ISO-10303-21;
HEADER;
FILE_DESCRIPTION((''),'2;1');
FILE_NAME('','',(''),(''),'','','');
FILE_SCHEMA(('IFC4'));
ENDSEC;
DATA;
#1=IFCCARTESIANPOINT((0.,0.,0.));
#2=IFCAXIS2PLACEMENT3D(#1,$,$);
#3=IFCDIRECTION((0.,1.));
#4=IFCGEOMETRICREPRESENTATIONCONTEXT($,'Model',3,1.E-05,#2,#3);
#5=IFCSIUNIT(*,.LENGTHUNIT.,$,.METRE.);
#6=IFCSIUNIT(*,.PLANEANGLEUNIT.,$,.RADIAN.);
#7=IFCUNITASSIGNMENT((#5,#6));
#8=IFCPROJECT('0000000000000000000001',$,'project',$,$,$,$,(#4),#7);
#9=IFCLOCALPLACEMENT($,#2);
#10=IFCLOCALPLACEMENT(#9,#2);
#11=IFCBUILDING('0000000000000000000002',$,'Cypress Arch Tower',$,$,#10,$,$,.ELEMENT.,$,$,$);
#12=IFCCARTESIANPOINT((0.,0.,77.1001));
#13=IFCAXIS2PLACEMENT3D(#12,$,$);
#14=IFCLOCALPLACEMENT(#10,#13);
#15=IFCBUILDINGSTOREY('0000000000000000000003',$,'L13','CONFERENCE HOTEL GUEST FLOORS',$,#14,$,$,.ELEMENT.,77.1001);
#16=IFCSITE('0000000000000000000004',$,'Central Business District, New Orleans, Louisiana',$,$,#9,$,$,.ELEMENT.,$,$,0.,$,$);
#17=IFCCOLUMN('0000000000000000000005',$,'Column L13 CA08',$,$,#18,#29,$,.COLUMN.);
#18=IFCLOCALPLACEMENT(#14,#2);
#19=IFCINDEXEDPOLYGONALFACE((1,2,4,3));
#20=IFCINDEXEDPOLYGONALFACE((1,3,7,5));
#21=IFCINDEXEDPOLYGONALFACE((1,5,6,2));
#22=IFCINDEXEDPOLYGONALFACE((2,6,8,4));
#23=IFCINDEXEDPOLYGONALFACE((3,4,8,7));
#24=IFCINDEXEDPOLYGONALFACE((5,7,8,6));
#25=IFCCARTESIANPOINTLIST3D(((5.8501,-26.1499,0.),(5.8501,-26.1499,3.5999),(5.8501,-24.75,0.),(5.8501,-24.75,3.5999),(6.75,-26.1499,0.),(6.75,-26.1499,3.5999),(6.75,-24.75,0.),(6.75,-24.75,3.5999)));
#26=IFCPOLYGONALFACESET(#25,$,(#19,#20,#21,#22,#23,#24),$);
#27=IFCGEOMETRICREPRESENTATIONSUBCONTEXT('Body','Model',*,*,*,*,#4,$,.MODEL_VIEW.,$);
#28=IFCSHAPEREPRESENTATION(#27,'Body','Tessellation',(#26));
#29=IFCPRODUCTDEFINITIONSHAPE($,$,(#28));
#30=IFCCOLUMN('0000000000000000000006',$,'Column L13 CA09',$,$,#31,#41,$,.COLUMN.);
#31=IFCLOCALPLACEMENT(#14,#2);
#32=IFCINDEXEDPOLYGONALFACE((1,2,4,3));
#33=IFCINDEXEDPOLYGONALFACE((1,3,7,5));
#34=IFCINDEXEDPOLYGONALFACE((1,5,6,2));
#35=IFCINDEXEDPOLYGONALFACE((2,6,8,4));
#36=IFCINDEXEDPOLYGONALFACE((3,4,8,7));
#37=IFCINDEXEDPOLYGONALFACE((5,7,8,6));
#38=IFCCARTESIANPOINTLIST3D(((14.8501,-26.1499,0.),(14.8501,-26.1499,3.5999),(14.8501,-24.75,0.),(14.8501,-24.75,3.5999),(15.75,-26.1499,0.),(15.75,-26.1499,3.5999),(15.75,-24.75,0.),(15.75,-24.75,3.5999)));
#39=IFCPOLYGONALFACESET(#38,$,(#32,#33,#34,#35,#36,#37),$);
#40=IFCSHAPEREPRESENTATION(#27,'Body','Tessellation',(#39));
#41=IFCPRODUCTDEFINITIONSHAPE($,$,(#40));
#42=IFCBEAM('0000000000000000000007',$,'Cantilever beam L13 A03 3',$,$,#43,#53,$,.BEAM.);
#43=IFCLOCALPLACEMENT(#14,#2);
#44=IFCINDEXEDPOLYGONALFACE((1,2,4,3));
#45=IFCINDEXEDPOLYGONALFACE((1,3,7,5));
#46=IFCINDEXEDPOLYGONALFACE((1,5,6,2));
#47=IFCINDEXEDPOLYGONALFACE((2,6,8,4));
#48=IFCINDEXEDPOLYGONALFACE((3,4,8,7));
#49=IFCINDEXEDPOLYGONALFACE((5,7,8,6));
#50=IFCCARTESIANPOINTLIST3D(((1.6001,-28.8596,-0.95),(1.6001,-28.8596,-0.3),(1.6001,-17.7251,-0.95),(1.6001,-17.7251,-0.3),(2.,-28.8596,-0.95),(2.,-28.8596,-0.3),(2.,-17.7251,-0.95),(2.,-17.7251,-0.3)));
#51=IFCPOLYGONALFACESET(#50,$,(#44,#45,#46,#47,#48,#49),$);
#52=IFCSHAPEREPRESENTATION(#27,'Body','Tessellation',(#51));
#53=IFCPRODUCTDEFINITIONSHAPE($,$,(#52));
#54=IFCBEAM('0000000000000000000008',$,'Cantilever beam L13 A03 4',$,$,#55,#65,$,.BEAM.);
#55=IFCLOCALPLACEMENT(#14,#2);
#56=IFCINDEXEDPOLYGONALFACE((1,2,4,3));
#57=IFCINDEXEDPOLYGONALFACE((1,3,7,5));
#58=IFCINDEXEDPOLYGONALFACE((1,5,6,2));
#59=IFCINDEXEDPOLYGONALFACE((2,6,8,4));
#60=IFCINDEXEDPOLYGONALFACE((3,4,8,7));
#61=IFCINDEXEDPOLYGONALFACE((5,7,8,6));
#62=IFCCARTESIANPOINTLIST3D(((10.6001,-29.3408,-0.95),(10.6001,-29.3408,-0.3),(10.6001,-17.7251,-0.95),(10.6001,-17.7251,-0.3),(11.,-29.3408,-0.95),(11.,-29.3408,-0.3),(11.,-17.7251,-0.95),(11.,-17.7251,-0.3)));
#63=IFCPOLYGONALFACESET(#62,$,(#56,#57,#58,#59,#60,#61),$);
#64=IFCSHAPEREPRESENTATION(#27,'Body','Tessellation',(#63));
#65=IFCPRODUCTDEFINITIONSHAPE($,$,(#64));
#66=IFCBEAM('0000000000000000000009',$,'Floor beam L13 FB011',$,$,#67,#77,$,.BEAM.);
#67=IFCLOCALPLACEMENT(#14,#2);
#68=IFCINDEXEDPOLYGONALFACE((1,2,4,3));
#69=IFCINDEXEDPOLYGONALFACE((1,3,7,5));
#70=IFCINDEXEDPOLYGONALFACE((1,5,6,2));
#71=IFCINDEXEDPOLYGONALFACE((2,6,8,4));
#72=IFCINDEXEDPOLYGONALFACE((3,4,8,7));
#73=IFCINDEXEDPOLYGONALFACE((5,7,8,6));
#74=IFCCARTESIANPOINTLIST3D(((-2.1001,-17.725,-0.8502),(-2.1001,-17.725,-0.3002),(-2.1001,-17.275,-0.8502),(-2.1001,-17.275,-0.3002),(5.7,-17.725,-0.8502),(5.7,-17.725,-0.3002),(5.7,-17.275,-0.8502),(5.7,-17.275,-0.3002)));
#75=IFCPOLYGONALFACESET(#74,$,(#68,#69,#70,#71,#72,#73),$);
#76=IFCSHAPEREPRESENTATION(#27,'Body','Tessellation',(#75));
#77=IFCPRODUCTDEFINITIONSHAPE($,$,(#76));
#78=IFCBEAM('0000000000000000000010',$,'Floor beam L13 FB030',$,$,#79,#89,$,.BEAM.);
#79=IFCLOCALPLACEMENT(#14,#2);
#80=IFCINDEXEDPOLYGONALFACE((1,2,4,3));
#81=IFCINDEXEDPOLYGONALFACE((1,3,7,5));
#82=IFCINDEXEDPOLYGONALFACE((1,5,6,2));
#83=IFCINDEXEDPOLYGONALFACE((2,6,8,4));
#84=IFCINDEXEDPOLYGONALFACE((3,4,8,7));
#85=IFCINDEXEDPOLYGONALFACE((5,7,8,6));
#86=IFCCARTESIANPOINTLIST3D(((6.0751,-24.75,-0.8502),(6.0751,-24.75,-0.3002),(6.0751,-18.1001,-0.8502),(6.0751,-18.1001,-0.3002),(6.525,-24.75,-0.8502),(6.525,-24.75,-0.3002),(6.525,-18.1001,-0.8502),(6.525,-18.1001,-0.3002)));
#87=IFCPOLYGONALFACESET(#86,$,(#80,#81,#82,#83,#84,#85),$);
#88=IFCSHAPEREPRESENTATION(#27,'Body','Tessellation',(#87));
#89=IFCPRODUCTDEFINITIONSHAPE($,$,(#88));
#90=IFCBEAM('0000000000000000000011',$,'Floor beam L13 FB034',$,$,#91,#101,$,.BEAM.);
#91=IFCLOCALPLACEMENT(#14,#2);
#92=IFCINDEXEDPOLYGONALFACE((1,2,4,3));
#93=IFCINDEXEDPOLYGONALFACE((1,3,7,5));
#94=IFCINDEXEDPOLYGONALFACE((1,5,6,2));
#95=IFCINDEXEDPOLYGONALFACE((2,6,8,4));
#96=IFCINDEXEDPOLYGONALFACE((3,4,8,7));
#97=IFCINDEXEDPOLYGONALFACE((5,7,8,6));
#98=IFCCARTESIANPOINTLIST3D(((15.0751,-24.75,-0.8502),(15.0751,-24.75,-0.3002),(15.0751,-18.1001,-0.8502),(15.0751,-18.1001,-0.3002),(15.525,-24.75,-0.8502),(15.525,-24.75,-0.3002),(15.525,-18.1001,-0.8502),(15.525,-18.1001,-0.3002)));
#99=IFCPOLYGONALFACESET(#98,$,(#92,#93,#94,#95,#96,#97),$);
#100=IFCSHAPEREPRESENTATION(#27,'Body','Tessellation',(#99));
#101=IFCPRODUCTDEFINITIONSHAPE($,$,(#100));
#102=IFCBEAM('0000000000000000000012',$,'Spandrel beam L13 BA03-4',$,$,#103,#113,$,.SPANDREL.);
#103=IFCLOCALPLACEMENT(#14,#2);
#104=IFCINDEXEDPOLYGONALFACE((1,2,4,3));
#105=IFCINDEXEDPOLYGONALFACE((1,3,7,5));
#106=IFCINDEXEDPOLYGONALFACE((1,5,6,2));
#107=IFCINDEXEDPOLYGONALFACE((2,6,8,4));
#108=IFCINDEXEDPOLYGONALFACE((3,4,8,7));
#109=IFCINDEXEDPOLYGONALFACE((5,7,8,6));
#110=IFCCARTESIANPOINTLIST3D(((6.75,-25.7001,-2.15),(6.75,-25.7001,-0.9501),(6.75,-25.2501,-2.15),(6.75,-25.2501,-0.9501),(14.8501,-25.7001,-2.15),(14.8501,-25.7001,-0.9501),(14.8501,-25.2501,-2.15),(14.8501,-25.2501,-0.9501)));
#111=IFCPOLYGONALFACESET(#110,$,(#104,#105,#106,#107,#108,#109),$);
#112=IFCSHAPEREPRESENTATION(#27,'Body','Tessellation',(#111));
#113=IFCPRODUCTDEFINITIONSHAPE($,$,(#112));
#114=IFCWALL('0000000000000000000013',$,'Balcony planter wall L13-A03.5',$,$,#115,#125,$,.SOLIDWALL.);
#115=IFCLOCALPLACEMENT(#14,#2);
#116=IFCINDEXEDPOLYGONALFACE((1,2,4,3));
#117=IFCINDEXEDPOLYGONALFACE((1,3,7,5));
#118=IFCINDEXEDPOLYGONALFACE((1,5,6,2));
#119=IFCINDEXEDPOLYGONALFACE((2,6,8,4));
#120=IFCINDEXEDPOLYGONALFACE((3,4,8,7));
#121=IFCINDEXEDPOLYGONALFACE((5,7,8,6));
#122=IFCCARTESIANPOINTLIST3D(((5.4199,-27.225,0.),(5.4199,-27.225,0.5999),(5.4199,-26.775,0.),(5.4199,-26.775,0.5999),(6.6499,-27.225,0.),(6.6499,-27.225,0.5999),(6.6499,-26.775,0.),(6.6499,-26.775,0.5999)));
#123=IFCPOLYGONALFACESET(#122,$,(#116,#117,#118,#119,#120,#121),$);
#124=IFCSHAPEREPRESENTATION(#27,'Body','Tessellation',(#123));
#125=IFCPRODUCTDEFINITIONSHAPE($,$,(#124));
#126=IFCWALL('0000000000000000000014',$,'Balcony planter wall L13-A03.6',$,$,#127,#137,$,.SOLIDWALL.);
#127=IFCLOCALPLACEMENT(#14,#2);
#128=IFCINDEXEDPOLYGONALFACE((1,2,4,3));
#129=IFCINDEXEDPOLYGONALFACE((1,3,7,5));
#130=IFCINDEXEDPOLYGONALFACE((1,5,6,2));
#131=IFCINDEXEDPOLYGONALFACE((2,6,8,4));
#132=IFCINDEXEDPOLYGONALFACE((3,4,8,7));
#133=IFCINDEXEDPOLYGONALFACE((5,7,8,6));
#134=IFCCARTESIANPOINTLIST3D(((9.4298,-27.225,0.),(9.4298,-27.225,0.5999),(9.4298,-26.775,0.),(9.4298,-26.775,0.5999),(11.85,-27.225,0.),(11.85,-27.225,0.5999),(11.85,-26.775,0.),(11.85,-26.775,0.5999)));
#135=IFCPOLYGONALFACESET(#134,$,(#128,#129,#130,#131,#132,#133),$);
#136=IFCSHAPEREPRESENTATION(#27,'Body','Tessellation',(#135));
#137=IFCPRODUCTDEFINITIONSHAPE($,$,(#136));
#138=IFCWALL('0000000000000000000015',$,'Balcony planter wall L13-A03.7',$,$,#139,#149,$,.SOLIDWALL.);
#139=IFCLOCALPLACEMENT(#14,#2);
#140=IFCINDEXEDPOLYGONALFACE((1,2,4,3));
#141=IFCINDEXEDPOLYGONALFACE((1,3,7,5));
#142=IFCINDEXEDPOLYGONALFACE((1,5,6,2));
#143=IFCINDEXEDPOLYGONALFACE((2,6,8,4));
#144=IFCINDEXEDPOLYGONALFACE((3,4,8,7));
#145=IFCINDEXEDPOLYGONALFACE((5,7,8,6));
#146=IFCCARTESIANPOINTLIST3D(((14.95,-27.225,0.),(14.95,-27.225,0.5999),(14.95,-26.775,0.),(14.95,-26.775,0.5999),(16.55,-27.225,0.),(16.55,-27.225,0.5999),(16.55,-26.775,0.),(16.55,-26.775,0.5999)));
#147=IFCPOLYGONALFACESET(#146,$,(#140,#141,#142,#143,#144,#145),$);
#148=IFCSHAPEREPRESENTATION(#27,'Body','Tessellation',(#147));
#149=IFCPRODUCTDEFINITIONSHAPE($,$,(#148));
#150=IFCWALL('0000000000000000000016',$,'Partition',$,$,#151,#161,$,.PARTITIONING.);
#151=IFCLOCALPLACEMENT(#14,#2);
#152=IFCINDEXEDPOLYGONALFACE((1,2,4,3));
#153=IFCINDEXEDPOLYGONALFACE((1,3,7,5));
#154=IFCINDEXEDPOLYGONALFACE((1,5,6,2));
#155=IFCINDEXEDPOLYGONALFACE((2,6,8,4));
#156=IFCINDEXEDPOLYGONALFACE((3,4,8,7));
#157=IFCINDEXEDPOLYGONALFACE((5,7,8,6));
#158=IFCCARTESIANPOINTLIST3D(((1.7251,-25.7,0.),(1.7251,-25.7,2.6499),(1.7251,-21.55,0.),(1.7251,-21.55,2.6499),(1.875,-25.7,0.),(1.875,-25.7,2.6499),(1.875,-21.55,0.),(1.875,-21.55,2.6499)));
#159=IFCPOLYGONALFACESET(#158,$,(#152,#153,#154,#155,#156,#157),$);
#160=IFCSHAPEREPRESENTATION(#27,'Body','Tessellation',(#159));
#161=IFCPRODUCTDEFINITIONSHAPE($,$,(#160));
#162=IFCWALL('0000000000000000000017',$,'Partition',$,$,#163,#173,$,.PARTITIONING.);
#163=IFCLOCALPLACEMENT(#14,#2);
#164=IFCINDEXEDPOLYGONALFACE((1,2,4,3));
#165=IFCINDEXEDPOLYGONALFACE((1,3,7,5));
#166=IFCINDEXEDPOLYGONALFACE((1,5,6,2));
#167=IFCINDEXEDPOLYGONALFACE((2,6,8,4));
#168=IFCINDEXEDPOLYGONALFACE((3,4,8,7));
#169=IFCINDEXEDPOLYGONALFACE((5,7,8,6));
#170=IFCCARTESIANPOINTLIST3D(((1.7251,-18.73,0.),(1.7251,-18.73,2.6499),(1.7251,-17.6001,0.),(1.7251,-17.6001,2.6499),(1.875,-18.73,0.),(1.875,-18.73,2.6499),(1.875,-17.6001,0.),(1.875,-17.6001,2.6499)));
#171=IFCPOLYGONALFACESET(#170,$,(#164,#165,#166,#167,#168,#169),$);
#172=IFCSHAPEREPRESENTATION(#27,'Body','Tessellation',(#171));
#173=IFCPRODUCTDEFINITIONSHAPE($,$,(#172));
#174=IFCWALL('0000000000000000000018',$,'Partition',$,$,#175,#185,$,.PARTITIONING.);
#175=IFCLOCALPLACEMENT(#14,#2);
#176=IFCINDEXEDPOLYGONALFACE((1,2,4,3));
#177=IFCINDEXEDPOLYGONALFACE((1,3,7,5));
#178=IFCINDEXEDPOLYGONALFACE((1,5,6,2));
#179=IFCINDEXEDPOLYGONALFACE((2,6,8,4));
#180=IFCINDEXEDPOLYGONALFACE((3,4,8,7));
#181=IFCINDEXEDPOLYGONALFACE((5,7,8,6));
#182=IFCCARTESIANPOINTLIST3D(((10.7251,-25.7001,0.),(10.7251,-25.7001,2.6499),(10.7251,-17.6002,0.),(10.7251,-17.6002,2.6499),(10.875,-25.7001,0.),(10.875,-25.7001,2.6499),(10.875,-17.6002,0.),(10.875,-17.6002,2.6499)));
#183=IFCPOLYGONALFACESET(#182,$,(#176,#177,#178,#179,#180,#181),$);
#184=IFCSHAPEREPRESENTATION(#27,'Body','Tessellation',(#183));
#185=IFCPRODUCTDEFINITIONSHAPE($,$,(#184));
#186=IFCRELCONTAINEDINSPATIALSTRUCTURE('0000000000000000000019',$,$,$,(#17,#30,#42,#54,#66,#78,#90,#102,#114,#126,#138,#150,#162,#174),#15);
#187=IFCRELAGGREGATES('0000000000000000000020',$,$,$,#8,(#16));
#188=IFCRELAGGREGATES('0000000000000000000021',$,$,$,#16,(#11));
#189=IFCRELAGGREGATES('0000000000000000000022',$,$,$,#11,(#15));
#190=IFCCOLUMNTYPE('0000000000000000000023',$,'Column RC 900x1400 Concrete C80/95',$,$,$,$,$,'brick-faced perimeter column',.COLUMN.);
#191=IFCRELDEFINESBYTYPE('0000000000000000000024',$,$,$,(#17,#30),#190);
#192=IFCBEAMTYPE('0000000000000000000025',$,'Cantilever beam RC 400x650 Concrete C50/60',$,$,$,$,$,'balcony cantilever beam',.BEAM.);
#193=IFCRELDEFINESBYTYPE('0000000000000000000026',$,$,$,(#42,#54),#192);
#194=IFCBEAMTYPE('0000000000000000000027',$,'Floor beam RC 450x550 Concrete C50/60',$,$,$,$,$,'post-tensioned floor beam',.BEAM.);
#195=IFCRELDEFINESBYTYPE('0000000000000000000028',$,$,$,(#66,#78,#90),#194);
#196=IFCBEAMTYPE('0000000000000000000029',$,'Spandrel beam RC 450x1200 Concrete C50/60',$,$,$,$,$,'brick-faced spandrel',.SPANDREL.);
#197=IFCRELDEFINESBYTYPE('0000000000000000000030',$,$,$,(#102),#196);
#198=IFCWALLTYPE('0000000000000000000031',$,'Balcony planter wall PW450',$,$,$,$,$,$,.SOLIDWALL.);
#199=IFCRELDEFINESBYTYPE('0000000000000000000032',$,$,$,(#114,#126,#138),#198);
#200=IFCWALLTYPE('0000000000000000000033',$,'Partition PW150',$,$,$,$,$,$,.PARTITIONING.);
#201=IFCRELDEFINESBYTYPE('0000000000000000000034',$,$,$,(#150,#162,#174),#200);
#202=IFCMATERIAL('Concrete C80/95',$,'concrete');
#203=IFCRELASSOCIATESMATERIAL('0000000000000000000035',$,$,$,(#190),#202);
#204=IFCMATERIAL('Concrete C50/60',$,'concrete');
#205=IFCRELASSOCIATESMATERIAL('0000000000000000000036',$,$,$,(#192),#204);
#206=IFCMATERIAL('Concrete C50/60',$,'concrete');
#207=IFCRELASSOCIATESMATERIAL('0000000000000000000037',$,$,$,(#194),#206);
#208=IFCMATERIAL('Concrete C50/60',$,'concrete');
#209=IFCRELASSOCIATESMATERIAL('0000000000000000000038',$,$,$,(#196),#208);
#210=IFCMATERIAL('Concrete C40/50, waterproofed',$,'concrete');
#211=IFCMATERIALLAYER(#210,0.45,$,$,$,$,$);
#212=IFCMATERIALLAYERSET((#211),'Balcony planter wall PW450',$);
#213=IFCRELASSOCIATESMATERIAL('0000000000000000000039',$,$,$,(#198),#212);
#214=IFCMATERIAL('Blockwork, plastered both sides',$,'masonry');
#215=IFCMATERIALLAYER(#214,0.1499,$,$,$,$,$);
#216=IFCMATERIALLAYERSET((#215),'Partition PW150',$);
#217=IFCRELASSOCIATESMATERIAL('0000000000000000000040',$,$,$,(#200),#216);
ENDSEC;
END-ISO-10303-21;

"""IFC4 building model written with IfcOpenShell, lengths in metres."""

from ifc_helpers import new_model, si_unit, direction, frame, frame_2d, origin, origin_2d, place, context, subcontext, project, spatial, rectangle, extrude, material, layer, layer_set, material_profile, profile_set, type_object, element, save


model = new_model("IFC4")

# Units and contexts
model_context = context("Model", 3, precision=1e-05, world=origin(), true_north=direction((0.0, 1.0)))
body_context = subcontext(model_context, "Body", "Model", "MODEL_VIEW")
ifc_project = project(units=[si_unit("LENGTHUNIT", "METRE"), si_unit("PLANEANGLEUNIT", "RADIAN")], contexts=[model_context])

# Site, building, storey
site_placement = place(None, origin())
site = spatial("IfcSite", under=ifc_project, at=site_placement, Name="Central Business District, New Orleans, Louisiana", CompositionType="ELEMENT", RefElevation=0.0)
building_placement = place(site_placement, origin())
building = spatial("IfcBuilding", under=site, at=building_placement, Name="Cypress Arch Tower", CompositionType="ELEMENT")
storey_placement = place(building_placement, frame((0.0, 0.0, 77.1001)))
storey = spatial("IfcBuildingStorey", under=building, at=storey_placement, Name="L13", Description="CONFERENCE HOTEL GUEST FLOORS", CompositionType="ELEMENT", Elevation=77.1001)

# Columns
ifc_material_1 = material(Name="Concrete C80/95", Category="concrete")
ifc_material_profile_1 = material_profile(ifc_material_1, rectangle(XDim=0.8999, YDim=1.3999, at=origin_2d()), Name="RC 900x1400")
ifc_profile_set_1 = profile_set([ifc_material_profile_1], Name="Concrete C80/95")
column_type = type_object("IfcColumnType", Name="Column RC 900x1400 Concrete C80/95", ElementType="brick-faced perimeter column", PredefinedType="COLUMN", material=ifc_profile_set_1)
for number, where, z_axis, x_axis, name in (
    (1, (6.3, -25.45, 0.0), (0.0, 0.0, 1.0), (1.0, 0.0, 0.0), "Column L13 CA08"),
    (2, (15.3, -25.45, 0.0), (0.0, 0.0, 1.0), (1.0, 0.0, 0.0), "Column L13 CA09"),
):
    element("IfcColumn", number, at=place(storey_placement, frame(where, z_axis=z_axis, x_axis=x_axis)), inside=storey, type_object=column_type, Name=name, PredefinedType="COLUMN", context=body_context, shape_type="SweptSolid", body=[
        extrude(rectangle(XDim=0.8999, YDim=1.3999, at=origin_2d()), origin(), (0.0, 0.0, 1.0), 3.5999),
    ])

# Beams
ifc_material_2 = material(Name="Concrete C50/60", Category="concrete")
ifc_material_profile_2 = material_profile(ifc_material_2, rectangle(XDim=0.3999, YDim=0.6499, at=origin_2d()), Name="RC 400x650")
ifc_profile_set_2 = profile_set([ifc_material_profile_2], Name="Concrete C50/60")
beam_type_1 = type_object("IfcBeamType", Name="Cantilever beam RC 400x650 Concrete C50/60", ElementType="balcony cantilever beam", PredefinedType="BEAM", material=ifc_profile_set_2)
beam_1_placement = place(storey_placement, frame((1.8, -17.7251, -0.625), z_axis=(0.0, -1.0, 0.0), x_axis=(1.0, 0.0, 0.0)))
element("IfcBeam", 3, at=beam_1_placement, inside=storey, type_object=beam_type_1, Name="Cantilever beam L13 A03 3", PredefinedType="BEAM", context=body_context, shape_type="SweptSolid", body=[
    extrude(rectangle(XDim=0.3999, YDim=0.6499, at=origin_2d()), origin(), (0.0, 0.0, 1.0), 11.1345),
])
beam_2_placement = place(storey_placement, frame((10.8, -17.7251, -0.625), z_axis=(0.0, -1.0, 0.0), x_axis=(1.0, 0.0, 0.0)))
element("IfcBeam", 4, at=beam_2_placement, inside=storey, type_object=beam_type_1, Name="Cantilever beam L13 A03 4", PredefinedType="BEAM", context=body_context, shape_type="SweptSolid", body=[
    extrude(rectangle(XDim=0.3999, YDim=0.6499, at=origin_2d()), origin(), (0.0, 0.0, 1.0), 11.6157),
])
ifc_material_3 = material(Name="Concrete C50/60", Category="concrete")
ifc_material_profile_3 = material_profile(ifc_material_3, rectangle(XDim=0.45, YDim=0.55, at=origin_2d()), Name="RC 450x550")
ifc_profile_set_3 = profile_set([ifc_material_profile_3], Name="Concrete C50/60")
beam_type_2 = type_object("IfcBeamType", Name="Floor beam RC 450x550 Concrete C50/60", ElementType="post-tensioned floor beam", PredefinedType="BEAM", material=ifc_profile_set_3)
beam_3_placement = place(storey_placement, frame((-2.1001, -17.5, -0.5752), z_axis=(1.0, 0.0, 0.0), x_axis=(0.0, 1.0, 0.0)))
element("IfcBeam", 5, at=beam_3_placement, inside=storey, type_object=beam_type_2, Name="Floor beam L13 FB011", PredefinedType="BEAM", context=body_context, shape_type="SweptSolid", body=[
    extrude(rectangle(XDim=0.45, YDim=0.55, at=origin_2d()), origin(), (0.0, 0.0, 1.0), 7.8),
])
for number, where, z_axis, x_axis, name in (
    (6, (6.3, -24.75, -0.5752), (0.0, 1.0, 0.0), (-1.0, 0.0, 0.0), "Floor beam L13 FB030"),
    (7, (15.3, -24.75, -0.5752), (0.0, 1.0, 0.0), (-1.0, 0.0, 0.0), "Floor beam L13 FB034"),
):
    element("IfcBeam", number, at=place(storey_placement, frame(where, z_axis=z_axis, x_axis=x_axis)), inside=storey, type_object=beam_type_2, Name=name, PredefinedType="BEAM", context=body_context, shape_type="SweptSolid", body=[
        extrude(rectangle(XDim=0.45, YDim=0.55, at=origin_2d()), origin(), (0.0, 0.0, 1.0), 6.6499),
    ])
ifc_material_4 = material(Name="Concrete C50/60", Category="concrete")
ifc_material_profile_4 = material_profile(ifc_material_4, rectangle(XDim=0.45, YDim=1.2, at=origin_2d()), Name="RC 450x1200")
ifc_profile_set_4 = profile_set([ifc_material_profile_4], Name="Concrete C50/60")
beam_type_3 = type_object("IfcBeamType", Name="Spandrel beam RC 450x1200 Concrete C50/60", ElementType="brick-faced spandrel", PredefinedType="SPANDREL", material=ifc_profile_set_4)
beam_4_placement = place(storey_placement, frame((6.75, -25.4751, -1.55), z_axis=(1.0, 0.0, 0.0), x_axis=(0.0, 1.0, 0.0)))
element("IfcBeam", 8, at=beam_4_placement, inside=storey, type_object=beam_type_3, Name="Spandrel beam L13 BA03-4", PredefinedType="SPANDREL", context=body_context, shape_type="SweptSolid", body=[
    extrude(rectangle(XDim=0.45, YDim=1.2, at=origin_2d()), origin(), (0.0, 0.0, 1.0), 8.1001),
])

# Walls
ifc_material_5 = material(Name="Concrete C40/50, waterproofed", Category="concrete")
ifc_layer_1 = layer(ifc_material_5, 0.45)
ifc_layer_set_1 = layer_set([ifc_layer_1], Name="Balcony planter wall PW450")
wall_type_1 = type_object("IfcWallType", Name="Balcony planter wall PW450", PredefinedType="SOLIDWALL", material=ifc_layer_set_1)
wall_1_placement = place(storey_placement, frame((5.4199, -27.0, 0.0), z_axis=(0.0, 0.0, 1.0), x_axis=(1.0, 0.0, 0.0)))
element("IfcWall", 9, at=wall_1_placement, inside=storey, type_object=wall_type_1, Name="Balcony planter wall L13-A03.5", PredefinedType="SOLIDWALL", context=body_context, shape_type="SweptSolid", body=[
    extrude(rectangle(XDim=1.23, YDim=0.45, at=frame_2d((0.615, 0.0))), origin(), (0.0, 0.0, 1.0), 0.5999),
])
wall_2_placement = place(storey_placement, frame((9.4299, -27.0, 0.0), z_axis=(0.0, 0.0, 1.0), x_axis=(1.0, 0.0, 0.0)))
element("IfcWall", 10, at=wall_2_placement, inside=storey, type_object=wall_type_1, Name="Balcony planter wall L13-A03.6", PredefinedType="SOLIDWALL", context=body_context, shape_type="SweptSolid", body=[
    extrude(rectangle(XDim=2.4202, YDim=0.45, at=frame_2d((1.21, 0.0))), origin(), (0.0, 0.0, 1.0), 0.5999),
])
wall_3_placement = place(storey_placement, frame((14.95, -27.0, 0.0), z_axis=(0.0, 0.0, 1.0), x_axis=(1.0, 0.0, 0.0)))
element("IfcWall", 11, at=wall_3_placement, inside=storey, type_object=wall_type_1, Name="Balcony planter wall L13-A03.7", PredefinedType="SOLIDWALL", context=body_context, shape_type="SweptSolid", body=[
    extrude(rectangle(XDim=1.6001, YDim=0.45, at=frame_2d((0.8, 0.0))), origin(), (0.0, 0.0, 1.0), 0.5999),
])

# Walls
ifc_material_6 = material(Name="Blockwork, plastered both sides", Category="masonry")
ifc_layer_2 = layer(ifc_material_6, 0.1499)
ifc_layer_set_2 = layer_set([ifc_layer_2], Name="Partition PW150")
wall_type_2 = type_object("IfcWallType", Name="Partition PW150", PredefinedType="PARTITIONING", material=ifc_layer_set_2)
wall_4_placement = place(storey_placement, frame((1.8, -25.7, 0.0), z_axis=(0.0, 0.0, 1.0), x_axis=(0.0, 1.0, 0.0)))
element("IfcWall", 12, at=wall_4_placement, inside=storey, type_object=wall_type_2, Name="Partition", PredefinedType="PARTITIONING", context=body_context, shape_type="SweptSolid", body=[
    extrude(rectangle(XDim=4.1499, YDim=0.1499, at=frame_2d((2.075, 0.0))), origin(), (0.0, 0.0, 1.0), 2.6499),
])
wall_5_placement = place(storey_placement, frame((1.8, -18.73, 0.0), z_axis=(0.0, 0.0, 1.0), x_axis=(0.0, 1.0, 0.0)))
element("IfcWall", 13, at=wall_5_placement, inside=storey, type_object=wall_type_2, Name="Partition", PredefinedType="PARTITIONING", context=body_context, shape_type="SweptSolid", body=[
    extrude(rectangle(XDim=1.1299, YDim=0.1499, at=frame_2d((0.5649, 0.0))), origin(), (0.0, 0.0, 1.0), 2.6499),
])
wall_6_placement = place(storey_placement, frame((10.8, -25.7, 0.0), z_axis=(0.0, 0.0, 1.0), x_axis=(0.0, 1.0, 0.0)))
element("IfcWall", 14, at=wall_6_placement, inside=storey, type_object=wall_type_2, Name="Partition", PredefinedType="PARTITIONING", context=body_context, shape_type="SweptSolid", body=[
    extrude(rectangle(XDim=8.0999, YDim=0.1499, at=frame_2d((4.0498, 0.0))), origin(), (0.0, 0.0, 1.0), 2.6499),
])

save(model, "model.ifc")
